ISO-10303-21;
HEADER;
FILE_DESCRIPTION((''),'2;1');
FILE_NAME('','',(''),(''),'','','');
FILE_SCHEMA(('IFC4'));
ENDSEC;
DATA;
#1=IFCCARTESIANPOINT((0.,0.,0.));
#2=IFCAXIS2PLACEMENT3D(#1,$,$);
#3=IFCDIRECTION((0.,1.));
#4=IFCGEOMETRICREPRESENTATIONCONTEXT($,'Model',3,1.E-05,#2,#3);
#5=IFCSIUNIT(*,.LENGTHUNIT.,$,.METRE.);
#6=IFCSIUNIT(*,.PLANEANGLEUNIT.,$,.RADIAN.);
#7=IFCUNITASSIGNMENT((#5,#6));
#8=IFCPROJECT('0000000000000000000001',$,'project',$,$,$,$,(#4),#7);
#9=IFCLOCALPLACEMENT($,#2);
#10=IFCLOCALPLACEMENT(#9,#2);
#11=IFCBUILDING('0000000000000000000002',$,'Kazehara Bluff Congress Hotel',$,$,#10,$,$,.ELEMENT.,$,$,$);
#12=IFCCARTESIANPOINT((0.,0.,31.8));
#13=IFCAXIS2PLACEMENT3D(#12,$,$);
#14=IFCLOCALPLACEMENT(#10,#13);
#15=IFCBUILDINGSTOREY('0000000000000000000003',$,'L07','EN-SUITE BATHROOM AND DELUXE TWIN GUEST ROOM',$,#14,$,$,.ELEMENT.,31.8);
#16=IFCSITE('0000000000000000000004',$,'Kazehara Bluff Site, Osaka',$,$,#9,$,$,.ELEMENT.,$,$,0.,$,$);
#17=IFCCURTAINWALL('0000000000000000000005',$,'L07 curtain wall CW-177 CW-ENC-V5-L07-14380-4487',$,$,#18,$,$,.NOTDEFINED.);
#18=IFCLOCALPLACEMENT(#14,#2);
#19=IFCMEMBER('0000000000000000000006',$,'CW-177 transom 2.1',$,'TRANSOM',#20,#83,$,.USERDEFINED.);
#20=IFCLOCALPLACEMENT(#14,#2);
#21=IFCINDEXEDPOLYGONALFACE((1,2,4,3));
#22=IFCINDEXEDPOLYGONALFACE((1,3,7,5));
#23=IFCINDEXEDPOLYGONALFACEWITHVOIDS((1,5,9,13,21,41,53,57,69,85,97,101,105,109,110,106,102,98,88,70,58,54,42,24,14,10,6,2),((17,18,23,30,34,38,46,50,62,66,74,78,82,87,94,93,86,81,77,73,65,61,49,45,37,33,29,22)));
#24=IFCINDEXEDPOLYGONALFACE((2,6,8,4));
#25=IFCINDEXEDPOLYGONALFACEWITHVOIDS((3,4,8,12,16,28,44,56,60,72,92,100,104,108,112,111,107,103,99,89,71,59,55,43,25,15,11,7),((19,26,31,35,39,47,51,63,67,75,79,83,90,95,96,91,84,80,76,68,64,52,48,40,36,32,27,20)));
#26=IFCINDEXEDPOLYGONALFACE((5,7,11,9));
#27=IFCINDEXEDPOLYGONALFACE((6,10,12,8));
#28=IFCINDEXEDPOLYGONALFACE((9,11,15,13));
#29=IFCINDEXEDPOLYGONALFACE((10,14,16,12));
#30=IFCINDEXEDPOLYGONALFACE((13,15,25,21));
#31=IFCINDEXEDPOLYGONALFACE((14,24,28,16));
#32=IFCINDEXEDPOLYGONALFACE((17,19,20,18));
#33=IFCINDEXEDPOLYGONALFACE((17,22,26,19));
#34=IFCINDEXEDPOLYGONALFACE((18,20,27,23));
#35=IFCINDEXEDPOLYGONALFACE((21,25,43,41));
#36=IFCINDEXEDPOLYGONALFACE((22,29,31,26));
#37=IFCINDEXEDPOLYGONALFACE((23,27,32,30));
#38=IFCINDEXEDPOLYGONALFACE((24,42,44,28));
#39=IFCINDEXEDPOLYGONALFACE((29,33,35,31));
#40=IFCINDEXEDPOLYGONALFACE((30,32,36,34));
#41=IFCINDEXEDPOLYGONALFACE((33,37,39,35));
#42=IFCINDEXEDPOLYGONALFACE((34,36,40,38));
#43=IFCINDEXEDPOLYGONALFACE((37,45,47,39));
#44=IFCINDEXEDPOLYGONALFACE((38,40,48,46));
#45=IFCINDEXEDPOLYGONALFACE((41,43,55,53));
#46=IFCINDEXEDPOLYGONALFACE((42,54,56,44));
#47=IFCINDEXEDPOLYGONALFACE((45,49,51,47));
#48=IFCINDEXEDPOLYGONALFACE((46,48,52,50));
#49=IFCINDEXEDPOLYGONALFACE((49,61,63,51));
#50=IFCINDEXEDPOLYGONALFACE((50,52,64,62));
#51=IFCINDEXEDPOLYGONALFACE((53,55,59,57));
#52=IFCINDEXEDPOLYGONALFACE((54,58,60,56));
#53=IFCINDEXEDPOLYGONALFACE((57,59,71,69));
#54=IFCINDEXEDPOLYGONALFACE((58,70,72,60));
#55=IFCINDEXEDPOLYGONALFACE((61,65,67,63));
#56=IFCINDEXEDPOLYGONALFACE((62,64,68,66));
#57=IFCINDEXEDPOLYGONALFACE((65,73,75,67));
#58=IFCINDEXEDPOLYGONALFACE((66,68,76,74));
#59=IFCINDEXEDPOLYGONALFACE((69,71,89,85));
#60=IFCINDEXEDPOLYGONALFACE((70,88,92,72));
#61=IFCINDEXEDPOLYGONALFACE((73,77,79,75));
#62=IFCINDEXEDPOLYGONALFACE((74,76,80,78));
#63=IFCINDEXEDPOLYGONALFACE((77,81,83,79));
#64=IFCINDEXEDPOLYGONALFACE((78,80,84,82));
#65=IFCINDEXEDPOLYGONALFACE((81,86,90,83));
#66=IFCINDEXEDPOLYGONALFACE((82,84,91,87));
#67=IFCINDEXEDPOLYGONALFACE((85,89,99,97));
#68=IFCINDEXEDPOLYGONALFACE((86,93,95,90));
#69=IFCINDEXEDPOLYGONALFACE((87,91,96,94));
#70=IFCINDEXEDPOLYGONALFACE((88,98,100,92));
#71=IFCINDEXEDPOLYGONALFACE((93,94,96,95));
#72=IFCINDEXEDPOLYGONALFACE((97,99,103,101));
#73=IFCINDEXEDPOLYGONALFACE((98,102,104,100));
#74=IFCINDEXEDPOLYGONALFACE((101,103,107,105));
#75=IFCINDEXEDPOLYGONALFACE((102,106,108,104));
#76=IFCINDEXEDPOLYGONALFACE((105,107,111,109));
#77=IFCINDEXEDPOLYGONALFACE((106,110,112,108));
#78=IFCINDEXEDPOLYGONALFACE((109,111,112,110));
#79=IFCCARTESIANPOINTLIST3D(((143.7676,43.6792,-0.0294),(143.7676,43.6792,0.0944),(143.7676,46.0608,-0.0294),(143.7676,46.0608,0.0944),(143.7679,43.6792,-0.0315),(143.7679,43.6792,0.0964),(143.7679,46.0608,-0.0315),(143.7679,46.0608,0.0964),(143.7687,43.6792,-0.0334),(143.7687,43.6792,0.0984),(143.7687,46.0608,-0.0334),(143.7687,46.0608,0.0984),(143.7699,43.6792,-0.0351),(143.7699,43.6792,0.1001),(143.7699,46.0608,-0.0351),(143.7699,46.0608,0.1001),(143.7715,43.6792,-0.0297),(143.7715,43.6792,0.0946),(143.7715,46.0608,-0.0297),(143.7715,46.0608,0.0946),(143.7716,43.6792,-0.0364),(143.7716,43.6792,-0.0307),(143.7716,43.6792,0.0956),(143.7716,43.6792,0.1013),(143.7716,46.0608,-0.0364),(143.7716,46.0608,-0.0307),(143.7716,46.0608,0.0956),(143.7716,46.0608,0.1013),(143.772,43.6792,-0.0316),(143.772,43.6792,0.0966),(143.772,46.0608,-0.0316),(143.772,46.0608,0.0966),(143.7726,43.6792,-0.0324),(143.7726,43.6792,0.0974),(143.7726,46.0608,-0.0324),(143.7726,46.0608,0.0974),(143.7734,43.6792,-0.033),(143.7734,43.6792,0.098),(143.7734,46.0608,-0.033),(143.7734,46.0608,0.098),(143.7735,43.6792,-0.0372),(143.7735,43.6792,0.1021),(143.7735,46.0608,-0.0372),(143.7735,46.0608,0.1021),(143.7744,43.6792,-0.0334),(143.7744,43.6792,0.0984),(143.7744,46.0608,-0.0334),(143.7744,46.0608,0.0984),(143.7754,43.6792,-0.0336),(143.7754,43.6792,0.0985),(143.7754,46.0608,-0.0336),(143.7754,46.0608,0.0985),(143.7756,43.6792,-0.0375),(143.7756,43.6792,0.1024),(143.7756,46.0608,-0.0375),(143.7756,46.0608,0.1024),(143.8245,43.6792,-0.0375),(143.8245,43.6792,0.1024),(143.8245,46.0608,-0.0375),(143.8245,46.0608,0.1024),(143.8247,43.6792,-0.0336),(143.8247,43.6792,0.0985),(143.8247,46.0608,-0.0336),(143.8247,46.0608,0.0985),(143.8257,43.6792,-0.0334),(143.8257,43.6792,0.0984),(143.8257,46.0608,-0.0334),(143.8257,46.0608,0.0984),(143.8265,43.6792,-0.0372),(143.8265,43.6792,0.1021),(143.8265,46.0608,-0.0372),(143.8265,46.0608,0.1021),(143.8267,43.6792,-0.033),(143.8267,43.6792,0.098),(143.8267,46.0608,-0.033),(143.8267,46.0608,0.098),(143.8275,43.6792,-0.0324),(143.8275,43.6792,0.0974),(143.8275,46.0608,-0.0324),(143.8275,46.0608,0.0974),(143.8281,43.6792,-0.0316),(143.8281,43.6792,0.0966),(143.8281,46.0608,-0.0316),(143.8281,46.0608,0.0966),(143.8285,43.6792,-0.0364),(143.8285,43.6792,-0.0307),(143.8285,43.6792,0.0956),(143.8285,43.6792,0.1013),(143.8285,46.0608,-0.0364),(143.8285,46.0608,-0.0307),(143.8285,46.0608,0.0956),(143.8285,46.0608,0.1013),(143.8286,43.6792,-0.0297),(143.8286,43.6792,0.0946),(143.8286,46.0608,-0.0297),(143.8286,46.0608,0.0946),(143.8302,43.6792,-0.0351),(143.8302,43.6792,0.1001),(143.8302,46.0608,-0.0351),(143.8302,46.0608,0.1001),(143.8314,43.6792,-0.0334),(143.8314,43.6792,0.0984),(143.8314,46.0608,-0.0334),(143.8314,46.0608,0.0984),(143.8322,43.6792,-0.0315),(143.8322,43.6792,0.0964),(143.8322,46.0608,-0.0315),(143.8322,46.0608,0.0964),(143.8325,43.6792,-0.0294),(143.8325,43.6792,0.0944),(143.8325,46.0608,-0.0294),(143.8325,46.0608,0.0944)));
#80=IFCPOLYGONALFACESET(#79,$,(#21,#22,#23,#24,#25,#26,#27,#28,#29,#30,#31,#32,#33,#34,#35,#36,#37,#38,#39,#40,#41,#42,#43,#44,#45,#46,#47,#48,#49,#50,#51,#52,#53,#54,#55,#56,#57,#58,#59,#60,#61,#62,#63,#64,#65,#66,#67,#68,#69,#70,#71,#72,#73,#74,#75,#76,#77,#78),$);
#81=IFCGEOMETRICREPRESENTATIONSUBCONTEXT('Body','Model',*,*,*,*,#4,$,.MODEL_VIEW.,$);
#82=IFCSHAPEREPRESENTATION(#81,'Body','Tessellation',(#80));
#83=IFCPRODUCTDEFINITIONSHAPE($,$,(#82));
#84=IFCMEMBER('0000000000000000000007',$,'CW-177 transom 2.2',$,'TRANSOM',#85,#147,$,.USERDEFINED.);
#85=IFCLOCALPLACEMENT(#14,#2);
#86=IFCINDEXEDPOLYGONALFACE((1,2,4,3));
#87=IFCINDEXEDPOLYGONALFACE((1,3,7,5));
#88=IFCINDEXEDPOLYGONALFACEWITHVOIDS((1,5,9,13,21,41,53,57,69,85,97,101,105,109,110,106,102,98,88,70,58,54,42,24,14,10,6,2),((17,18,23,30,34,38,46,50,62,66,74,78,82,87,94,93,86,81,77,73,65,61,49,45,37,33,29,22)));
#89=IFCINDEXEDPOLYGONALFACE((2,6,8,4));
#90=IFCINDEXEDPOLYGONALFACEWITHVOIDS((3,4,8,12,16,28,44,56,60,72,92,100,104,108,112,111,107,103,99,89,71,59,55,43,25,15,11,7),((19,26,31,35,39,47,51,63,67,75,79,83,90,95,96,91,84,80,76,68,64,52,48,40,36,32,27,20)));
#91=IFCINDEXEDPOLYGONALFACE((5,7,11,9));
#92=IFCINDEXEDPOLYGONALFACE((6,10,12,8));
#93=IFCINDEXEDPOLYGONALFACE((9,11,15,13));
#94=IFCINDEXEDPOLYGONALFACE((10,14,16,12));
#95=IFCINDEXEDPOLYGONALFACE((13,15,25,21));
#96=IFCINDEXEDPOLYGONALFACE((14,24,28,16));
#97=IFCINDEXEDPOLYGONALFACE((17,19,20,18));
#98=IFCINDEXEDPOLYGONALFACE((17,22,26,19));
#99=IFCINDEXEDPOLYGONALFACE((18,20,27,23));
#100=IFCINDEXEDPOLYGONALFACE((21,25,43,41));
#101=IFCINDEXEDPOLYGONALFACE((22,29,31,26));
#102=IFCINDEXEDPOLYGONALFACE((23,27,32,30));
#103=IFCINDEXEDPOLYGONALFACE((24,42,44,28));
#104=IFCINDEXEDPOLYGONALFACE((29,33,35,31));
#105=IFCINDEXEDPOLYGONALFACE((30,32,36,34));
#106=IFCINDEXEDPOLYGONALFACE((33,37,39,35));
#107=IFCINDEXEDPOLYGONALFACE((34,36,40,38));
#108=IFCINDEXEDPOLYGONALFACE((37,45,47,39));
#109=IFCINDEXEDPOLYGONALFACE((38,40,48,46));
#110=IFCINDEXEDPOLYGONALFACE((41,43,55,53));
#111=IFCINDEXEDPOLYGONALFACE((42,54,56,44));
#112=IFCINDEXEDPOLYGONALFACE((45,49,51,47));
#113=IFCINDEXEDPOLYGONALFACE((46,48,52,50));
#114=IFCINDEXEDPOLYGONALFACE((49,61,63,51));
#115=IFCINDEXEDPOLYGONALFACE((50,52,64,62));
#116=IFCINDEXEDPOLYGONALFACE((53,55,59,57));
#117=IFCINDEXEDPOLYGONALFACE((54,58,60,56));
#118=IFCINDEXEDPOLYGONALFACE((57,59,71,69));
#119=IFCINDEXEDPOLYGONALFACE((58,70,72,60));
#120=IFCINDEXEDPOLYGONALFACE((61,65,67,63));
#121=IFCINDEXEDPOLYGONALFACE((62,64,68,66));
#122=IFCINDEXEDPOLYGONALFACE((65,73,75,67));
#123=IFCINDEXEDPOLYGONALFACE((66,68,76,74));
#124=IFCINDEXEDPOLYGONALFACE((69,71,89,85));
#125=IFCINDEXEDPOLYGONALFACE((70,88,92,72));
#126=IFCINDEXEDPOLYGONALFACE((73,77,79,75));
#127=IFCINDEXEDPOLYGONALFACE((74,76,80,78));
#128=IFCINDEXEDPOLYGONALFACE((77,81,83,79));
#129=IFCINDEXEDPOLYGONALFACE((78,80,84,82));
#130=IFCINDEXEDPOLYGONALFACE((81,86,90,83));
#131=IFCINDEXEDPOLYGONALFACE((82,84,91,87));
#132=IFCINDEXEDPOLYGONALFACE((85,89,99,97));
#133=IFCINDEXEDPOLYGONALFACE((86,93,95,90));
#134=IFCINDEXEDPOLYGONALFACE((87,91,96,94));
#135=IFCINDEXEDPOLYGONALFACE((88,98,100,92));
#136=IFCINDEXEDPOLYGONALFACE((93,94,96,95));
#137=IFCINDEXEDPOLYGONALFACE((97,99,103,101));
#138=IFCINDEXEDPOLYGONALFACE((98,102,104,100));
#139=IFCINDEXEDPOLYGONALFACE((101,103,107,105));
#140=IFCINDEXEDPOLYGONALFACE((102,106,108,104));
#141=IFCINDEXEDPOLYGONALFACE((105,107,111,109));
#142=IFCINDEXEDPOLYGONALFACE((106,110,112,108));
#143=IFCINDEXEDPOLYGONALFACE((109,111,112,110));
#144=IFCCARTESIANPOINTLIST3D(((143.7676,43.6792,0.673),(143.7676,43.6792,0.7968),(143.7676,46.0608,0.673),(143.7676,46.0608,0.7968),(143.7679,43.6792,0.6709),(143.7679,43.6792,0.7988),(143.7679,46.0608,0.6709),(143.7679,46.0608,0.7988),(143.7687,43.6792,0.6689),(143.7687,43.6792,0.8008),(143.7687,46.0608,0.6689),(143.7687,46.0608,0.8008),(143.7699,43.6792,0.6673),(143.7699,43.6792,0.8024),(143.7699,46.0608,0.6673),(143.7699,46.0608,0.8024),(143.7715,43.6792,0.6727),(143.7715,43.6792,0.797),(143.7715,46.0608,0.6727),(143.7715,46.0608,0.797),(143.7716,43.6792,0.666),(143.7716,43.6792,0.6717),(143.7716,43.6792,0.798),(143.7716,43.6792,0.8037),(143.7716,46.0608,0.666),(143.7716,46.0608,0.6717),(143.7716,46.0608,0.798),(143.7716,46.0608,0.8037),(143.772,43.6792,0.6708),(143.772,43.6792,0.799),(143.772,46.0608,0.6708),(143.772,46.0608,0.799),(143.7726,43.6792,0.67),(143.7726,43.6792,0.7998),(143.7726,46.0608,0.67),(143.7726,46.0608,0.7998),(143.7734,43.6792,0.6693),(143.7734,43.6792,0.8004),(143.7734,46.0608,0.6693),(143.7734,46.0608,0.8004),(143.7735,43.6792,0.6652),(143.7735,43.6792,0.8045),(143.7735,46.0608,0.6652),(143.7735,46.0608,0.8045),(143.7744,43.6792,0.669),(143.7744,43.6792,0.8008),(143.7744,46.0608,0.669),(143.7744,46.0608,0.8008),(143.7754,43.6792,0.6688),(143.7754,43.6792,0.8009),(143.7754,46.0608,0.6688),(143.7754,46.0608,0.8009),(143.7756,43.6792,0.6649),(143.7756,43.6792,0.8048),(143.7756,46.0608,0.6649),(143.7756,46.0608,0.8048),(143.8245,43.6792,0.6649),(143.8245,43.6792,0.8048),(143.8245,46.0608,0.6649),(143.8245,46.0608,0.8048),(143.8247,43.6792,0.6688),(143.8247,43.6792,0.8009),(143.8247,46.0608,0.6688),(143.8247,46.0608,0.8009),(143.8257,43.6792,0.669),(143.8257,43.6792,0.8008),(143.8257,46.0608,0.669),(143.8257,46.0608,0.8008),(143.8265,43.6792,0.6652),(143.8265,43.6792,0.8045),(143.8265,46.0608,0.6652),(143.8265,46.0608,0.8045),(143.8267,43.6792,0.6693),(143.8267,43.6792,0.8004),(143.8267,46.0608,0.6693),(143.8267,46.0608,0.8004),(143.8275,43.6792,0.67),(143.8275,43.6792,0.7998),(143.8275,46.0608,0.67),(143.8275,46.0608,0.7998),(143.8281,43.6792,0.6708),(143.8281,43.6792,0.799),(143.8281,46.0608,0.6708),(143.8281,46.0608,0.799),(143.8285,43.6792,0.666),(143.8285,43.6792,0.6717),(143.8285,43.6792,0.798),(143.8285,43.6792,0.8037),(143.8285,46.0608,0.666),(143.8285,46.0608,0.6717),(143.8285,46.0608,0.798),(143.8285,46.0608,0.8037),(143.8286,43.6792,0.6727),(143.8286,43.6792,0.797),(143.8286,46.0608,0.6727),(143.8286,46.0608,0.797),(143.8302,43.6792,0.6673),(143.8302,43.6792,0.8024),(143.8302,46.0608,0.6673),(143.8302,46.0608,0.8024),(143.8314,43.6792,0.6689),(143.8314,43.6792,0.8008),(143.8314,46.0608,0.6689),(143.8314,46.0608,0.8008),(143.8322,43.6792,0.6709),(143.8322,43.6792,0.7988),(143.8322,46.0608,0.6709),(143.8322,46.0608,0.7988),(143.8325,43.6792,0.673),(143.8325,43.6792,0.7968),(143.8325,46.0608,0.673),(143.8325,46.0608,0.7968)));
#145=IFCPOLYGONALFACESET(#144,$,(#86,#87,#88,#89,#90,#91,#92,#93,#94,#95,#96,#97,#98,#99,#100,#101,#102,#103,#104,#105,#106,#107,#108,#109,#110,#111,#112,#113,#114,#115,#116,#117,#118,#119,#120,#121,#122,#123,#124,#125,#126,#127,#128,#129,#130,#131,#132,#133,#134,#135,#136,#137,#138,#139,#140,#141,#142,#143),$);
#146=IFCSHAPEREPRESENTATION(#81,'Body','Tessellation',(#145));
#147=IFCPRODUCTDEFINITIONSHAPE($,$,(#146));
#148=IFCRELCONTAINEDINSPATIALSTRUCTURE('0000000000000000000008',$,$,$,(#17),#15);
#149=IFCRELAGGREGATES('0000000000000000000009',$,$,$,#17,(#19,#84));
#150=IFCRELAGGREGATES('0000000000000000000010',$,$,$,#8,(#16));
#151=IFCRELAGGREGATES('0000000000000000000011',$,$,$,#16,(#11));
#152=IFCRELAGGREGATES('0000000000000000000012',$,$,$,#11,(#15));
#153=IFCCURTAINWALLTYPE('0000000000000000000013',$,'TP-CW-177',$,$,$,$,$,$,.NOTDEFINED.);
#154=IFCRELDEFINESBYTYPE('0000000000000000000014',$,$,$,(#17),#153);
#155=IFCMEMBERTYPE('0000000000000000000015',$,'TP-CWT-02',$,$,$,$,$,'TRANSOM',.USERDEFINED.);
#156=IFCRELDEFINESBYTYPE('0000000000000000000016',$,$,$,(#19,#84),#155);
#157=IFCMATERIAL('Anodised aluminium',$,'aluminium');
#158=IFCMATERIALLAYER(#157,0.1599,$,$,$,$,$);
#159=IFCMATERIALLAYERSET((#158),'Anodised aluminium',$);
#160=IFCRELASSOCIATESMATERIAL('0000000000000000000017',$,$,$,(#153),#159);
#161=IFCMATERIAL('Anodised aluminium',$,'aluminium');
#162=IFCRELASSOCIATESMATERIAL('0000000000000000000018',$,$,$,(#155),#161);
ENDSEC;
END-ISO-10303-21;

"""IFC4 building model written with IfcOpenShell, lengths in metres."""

from ifc_helpers import new_model, si_unit, direction, frame, origin, origin_2d, place, context, subcontext, project, spatial, hollow_rectangle, extrude, material, layer, layer_set, material_profile, profile_set, type_object, element, aggregate, save


model = new_model("IFC4")

# Units and contexts
model_context = context("Model", 3, precision=1e-05, world=origin(), true_north=direction((0.0, 1.0)))
body_context = subcontext(model_context, "Body", "Model", "MODEL_VIEW")
ifc_project = project(units=[si_unit("LENGTHUNIT", "METRE"), si_unit("PLANEANGLEUNIT", "RADIAN")], contexts=[model_context])

# Site, building, storey
site_placement = place(None, origin())
site = spatial("IfcSite", under=ifc_project, at=site_placement, Name="Kazehara Bluff Site, Osaka", CompositionType="ELEMENT", RefElevation=0.0)
building_placement = place(site_placement, origin())
building = spatial("IfcBuilding", under=site, at=building_placement, Name="Kazehara Bluff Congress Hotel", CompositionType="ELEMENT")
storey_placement = place(building_placement, frame((0.0, 0.0, 31.8)))
storey = spatial("IfcBuildingStorey", under=building, at=storey_placement, Name="L07", Description="EN-SUITE BATHROOM AND DELUXE TWIN GUEST ROOM", CompositionType="ELEMENT", Elevation=31.8)

# Curtain wall
ifc_material_1 = material(Name="Anodised aluminium", Category="aluminium")
ifc_layer_1 = layer(ifc_material_1, 0.1599)
ifc_layer_set_1 = layer_set([ifc_layer_1], Name="Anodised aluminium")
curtain_wall_type_1 = type_object("IfcCurtainWallType", Name="TP-CW-177", PredefinedType="NOTDEFINED", material=ifc_layer_set_1)
curtain_wall_1_placement = place(storey_placement, origin())
curtain_wall_1 = element("IfcCurtainWall", 1, at=curtain_wall_1_placement, inside=storey, type_object=curtain_wall_type_1, Name="L07 curtain wall CW-177 CW-ENC-V5-L07-14380-4487", PredefinedType="NOTDEFINED")

# Members
ifc_material_2 = material(Name="Anodised aluminium", Category="aluminium")
ifc_material_profile_1 = material_profile(ifc_material_2, hollow_rectangle(XDim=0.0649, YDim=0.1399, WallThickness=0.0039, InnerFilletRadius=0.0039, OuterFilletRadius=0.0081, at=origin_2d()))
ifc_profile_set_1 = profile_set([ifc_material_profile_1], Name="Anodised aluminium")
member_type_1 = type_object("IfcMemberType", Name="TP-CWT-02", ElementType="TRANSOM", PredefinedType="USERDEFINED", material=ifc_profile_set_1)
member_1_placement = place(storey_placement, frame((143.8, 43.6792, 0.0325), z_axis=(0.0, 1.0, 0.0), x_axis=(-1.0, 0.0, 0.0)))
member_1 = element("IfcMember", 2, at=member_1_placement, type_object=member_type_1, Name="CW-177 transom 2.1", ObjectType="TRANSOM", PredefinedType="USERDEFINED", context=body_context, shape_type="SweptSolid", body=[
    extrude(hollow_rectangle(XDim=0.0649, YDim=0.1399, WallThickness=0.0039, InnerFilletRadius=0.0039, OuterFilletRadius=0.0081, at=origin_2d()), origin(), (0.0, 0.0, 1.0), 2.3816),
])
member_2_placement = place(storey_placement, frame((143.8, 43.6792, 0.7349), z_axis=(0.0, 1.0, 0.0), x_axis=(-1.0, 0.0, 0.0)))
member_2 = element("IfcMember", 3, at=member_2_placement, type_object=member_type_1, Name="CW-177 transom 2.2", ObjectType="TRANSOM", PredefinedType="USERDEFINED", context=body_context, shape_type="SweptSolid", body=[
    extrude(hollow_rectangle(XDim=0.0649, YDim=0.1399, WallThickness=0.0039, InnerFilletRadius=0.0039, OuterFilletRadius=0.0081, at=origin_2d()), origin(), (0.0, 0.0, 1.0), 2.3816),
])

aggregate(curtain_wall_1, [member_1, member_2])

save(model, "model.ifc")
